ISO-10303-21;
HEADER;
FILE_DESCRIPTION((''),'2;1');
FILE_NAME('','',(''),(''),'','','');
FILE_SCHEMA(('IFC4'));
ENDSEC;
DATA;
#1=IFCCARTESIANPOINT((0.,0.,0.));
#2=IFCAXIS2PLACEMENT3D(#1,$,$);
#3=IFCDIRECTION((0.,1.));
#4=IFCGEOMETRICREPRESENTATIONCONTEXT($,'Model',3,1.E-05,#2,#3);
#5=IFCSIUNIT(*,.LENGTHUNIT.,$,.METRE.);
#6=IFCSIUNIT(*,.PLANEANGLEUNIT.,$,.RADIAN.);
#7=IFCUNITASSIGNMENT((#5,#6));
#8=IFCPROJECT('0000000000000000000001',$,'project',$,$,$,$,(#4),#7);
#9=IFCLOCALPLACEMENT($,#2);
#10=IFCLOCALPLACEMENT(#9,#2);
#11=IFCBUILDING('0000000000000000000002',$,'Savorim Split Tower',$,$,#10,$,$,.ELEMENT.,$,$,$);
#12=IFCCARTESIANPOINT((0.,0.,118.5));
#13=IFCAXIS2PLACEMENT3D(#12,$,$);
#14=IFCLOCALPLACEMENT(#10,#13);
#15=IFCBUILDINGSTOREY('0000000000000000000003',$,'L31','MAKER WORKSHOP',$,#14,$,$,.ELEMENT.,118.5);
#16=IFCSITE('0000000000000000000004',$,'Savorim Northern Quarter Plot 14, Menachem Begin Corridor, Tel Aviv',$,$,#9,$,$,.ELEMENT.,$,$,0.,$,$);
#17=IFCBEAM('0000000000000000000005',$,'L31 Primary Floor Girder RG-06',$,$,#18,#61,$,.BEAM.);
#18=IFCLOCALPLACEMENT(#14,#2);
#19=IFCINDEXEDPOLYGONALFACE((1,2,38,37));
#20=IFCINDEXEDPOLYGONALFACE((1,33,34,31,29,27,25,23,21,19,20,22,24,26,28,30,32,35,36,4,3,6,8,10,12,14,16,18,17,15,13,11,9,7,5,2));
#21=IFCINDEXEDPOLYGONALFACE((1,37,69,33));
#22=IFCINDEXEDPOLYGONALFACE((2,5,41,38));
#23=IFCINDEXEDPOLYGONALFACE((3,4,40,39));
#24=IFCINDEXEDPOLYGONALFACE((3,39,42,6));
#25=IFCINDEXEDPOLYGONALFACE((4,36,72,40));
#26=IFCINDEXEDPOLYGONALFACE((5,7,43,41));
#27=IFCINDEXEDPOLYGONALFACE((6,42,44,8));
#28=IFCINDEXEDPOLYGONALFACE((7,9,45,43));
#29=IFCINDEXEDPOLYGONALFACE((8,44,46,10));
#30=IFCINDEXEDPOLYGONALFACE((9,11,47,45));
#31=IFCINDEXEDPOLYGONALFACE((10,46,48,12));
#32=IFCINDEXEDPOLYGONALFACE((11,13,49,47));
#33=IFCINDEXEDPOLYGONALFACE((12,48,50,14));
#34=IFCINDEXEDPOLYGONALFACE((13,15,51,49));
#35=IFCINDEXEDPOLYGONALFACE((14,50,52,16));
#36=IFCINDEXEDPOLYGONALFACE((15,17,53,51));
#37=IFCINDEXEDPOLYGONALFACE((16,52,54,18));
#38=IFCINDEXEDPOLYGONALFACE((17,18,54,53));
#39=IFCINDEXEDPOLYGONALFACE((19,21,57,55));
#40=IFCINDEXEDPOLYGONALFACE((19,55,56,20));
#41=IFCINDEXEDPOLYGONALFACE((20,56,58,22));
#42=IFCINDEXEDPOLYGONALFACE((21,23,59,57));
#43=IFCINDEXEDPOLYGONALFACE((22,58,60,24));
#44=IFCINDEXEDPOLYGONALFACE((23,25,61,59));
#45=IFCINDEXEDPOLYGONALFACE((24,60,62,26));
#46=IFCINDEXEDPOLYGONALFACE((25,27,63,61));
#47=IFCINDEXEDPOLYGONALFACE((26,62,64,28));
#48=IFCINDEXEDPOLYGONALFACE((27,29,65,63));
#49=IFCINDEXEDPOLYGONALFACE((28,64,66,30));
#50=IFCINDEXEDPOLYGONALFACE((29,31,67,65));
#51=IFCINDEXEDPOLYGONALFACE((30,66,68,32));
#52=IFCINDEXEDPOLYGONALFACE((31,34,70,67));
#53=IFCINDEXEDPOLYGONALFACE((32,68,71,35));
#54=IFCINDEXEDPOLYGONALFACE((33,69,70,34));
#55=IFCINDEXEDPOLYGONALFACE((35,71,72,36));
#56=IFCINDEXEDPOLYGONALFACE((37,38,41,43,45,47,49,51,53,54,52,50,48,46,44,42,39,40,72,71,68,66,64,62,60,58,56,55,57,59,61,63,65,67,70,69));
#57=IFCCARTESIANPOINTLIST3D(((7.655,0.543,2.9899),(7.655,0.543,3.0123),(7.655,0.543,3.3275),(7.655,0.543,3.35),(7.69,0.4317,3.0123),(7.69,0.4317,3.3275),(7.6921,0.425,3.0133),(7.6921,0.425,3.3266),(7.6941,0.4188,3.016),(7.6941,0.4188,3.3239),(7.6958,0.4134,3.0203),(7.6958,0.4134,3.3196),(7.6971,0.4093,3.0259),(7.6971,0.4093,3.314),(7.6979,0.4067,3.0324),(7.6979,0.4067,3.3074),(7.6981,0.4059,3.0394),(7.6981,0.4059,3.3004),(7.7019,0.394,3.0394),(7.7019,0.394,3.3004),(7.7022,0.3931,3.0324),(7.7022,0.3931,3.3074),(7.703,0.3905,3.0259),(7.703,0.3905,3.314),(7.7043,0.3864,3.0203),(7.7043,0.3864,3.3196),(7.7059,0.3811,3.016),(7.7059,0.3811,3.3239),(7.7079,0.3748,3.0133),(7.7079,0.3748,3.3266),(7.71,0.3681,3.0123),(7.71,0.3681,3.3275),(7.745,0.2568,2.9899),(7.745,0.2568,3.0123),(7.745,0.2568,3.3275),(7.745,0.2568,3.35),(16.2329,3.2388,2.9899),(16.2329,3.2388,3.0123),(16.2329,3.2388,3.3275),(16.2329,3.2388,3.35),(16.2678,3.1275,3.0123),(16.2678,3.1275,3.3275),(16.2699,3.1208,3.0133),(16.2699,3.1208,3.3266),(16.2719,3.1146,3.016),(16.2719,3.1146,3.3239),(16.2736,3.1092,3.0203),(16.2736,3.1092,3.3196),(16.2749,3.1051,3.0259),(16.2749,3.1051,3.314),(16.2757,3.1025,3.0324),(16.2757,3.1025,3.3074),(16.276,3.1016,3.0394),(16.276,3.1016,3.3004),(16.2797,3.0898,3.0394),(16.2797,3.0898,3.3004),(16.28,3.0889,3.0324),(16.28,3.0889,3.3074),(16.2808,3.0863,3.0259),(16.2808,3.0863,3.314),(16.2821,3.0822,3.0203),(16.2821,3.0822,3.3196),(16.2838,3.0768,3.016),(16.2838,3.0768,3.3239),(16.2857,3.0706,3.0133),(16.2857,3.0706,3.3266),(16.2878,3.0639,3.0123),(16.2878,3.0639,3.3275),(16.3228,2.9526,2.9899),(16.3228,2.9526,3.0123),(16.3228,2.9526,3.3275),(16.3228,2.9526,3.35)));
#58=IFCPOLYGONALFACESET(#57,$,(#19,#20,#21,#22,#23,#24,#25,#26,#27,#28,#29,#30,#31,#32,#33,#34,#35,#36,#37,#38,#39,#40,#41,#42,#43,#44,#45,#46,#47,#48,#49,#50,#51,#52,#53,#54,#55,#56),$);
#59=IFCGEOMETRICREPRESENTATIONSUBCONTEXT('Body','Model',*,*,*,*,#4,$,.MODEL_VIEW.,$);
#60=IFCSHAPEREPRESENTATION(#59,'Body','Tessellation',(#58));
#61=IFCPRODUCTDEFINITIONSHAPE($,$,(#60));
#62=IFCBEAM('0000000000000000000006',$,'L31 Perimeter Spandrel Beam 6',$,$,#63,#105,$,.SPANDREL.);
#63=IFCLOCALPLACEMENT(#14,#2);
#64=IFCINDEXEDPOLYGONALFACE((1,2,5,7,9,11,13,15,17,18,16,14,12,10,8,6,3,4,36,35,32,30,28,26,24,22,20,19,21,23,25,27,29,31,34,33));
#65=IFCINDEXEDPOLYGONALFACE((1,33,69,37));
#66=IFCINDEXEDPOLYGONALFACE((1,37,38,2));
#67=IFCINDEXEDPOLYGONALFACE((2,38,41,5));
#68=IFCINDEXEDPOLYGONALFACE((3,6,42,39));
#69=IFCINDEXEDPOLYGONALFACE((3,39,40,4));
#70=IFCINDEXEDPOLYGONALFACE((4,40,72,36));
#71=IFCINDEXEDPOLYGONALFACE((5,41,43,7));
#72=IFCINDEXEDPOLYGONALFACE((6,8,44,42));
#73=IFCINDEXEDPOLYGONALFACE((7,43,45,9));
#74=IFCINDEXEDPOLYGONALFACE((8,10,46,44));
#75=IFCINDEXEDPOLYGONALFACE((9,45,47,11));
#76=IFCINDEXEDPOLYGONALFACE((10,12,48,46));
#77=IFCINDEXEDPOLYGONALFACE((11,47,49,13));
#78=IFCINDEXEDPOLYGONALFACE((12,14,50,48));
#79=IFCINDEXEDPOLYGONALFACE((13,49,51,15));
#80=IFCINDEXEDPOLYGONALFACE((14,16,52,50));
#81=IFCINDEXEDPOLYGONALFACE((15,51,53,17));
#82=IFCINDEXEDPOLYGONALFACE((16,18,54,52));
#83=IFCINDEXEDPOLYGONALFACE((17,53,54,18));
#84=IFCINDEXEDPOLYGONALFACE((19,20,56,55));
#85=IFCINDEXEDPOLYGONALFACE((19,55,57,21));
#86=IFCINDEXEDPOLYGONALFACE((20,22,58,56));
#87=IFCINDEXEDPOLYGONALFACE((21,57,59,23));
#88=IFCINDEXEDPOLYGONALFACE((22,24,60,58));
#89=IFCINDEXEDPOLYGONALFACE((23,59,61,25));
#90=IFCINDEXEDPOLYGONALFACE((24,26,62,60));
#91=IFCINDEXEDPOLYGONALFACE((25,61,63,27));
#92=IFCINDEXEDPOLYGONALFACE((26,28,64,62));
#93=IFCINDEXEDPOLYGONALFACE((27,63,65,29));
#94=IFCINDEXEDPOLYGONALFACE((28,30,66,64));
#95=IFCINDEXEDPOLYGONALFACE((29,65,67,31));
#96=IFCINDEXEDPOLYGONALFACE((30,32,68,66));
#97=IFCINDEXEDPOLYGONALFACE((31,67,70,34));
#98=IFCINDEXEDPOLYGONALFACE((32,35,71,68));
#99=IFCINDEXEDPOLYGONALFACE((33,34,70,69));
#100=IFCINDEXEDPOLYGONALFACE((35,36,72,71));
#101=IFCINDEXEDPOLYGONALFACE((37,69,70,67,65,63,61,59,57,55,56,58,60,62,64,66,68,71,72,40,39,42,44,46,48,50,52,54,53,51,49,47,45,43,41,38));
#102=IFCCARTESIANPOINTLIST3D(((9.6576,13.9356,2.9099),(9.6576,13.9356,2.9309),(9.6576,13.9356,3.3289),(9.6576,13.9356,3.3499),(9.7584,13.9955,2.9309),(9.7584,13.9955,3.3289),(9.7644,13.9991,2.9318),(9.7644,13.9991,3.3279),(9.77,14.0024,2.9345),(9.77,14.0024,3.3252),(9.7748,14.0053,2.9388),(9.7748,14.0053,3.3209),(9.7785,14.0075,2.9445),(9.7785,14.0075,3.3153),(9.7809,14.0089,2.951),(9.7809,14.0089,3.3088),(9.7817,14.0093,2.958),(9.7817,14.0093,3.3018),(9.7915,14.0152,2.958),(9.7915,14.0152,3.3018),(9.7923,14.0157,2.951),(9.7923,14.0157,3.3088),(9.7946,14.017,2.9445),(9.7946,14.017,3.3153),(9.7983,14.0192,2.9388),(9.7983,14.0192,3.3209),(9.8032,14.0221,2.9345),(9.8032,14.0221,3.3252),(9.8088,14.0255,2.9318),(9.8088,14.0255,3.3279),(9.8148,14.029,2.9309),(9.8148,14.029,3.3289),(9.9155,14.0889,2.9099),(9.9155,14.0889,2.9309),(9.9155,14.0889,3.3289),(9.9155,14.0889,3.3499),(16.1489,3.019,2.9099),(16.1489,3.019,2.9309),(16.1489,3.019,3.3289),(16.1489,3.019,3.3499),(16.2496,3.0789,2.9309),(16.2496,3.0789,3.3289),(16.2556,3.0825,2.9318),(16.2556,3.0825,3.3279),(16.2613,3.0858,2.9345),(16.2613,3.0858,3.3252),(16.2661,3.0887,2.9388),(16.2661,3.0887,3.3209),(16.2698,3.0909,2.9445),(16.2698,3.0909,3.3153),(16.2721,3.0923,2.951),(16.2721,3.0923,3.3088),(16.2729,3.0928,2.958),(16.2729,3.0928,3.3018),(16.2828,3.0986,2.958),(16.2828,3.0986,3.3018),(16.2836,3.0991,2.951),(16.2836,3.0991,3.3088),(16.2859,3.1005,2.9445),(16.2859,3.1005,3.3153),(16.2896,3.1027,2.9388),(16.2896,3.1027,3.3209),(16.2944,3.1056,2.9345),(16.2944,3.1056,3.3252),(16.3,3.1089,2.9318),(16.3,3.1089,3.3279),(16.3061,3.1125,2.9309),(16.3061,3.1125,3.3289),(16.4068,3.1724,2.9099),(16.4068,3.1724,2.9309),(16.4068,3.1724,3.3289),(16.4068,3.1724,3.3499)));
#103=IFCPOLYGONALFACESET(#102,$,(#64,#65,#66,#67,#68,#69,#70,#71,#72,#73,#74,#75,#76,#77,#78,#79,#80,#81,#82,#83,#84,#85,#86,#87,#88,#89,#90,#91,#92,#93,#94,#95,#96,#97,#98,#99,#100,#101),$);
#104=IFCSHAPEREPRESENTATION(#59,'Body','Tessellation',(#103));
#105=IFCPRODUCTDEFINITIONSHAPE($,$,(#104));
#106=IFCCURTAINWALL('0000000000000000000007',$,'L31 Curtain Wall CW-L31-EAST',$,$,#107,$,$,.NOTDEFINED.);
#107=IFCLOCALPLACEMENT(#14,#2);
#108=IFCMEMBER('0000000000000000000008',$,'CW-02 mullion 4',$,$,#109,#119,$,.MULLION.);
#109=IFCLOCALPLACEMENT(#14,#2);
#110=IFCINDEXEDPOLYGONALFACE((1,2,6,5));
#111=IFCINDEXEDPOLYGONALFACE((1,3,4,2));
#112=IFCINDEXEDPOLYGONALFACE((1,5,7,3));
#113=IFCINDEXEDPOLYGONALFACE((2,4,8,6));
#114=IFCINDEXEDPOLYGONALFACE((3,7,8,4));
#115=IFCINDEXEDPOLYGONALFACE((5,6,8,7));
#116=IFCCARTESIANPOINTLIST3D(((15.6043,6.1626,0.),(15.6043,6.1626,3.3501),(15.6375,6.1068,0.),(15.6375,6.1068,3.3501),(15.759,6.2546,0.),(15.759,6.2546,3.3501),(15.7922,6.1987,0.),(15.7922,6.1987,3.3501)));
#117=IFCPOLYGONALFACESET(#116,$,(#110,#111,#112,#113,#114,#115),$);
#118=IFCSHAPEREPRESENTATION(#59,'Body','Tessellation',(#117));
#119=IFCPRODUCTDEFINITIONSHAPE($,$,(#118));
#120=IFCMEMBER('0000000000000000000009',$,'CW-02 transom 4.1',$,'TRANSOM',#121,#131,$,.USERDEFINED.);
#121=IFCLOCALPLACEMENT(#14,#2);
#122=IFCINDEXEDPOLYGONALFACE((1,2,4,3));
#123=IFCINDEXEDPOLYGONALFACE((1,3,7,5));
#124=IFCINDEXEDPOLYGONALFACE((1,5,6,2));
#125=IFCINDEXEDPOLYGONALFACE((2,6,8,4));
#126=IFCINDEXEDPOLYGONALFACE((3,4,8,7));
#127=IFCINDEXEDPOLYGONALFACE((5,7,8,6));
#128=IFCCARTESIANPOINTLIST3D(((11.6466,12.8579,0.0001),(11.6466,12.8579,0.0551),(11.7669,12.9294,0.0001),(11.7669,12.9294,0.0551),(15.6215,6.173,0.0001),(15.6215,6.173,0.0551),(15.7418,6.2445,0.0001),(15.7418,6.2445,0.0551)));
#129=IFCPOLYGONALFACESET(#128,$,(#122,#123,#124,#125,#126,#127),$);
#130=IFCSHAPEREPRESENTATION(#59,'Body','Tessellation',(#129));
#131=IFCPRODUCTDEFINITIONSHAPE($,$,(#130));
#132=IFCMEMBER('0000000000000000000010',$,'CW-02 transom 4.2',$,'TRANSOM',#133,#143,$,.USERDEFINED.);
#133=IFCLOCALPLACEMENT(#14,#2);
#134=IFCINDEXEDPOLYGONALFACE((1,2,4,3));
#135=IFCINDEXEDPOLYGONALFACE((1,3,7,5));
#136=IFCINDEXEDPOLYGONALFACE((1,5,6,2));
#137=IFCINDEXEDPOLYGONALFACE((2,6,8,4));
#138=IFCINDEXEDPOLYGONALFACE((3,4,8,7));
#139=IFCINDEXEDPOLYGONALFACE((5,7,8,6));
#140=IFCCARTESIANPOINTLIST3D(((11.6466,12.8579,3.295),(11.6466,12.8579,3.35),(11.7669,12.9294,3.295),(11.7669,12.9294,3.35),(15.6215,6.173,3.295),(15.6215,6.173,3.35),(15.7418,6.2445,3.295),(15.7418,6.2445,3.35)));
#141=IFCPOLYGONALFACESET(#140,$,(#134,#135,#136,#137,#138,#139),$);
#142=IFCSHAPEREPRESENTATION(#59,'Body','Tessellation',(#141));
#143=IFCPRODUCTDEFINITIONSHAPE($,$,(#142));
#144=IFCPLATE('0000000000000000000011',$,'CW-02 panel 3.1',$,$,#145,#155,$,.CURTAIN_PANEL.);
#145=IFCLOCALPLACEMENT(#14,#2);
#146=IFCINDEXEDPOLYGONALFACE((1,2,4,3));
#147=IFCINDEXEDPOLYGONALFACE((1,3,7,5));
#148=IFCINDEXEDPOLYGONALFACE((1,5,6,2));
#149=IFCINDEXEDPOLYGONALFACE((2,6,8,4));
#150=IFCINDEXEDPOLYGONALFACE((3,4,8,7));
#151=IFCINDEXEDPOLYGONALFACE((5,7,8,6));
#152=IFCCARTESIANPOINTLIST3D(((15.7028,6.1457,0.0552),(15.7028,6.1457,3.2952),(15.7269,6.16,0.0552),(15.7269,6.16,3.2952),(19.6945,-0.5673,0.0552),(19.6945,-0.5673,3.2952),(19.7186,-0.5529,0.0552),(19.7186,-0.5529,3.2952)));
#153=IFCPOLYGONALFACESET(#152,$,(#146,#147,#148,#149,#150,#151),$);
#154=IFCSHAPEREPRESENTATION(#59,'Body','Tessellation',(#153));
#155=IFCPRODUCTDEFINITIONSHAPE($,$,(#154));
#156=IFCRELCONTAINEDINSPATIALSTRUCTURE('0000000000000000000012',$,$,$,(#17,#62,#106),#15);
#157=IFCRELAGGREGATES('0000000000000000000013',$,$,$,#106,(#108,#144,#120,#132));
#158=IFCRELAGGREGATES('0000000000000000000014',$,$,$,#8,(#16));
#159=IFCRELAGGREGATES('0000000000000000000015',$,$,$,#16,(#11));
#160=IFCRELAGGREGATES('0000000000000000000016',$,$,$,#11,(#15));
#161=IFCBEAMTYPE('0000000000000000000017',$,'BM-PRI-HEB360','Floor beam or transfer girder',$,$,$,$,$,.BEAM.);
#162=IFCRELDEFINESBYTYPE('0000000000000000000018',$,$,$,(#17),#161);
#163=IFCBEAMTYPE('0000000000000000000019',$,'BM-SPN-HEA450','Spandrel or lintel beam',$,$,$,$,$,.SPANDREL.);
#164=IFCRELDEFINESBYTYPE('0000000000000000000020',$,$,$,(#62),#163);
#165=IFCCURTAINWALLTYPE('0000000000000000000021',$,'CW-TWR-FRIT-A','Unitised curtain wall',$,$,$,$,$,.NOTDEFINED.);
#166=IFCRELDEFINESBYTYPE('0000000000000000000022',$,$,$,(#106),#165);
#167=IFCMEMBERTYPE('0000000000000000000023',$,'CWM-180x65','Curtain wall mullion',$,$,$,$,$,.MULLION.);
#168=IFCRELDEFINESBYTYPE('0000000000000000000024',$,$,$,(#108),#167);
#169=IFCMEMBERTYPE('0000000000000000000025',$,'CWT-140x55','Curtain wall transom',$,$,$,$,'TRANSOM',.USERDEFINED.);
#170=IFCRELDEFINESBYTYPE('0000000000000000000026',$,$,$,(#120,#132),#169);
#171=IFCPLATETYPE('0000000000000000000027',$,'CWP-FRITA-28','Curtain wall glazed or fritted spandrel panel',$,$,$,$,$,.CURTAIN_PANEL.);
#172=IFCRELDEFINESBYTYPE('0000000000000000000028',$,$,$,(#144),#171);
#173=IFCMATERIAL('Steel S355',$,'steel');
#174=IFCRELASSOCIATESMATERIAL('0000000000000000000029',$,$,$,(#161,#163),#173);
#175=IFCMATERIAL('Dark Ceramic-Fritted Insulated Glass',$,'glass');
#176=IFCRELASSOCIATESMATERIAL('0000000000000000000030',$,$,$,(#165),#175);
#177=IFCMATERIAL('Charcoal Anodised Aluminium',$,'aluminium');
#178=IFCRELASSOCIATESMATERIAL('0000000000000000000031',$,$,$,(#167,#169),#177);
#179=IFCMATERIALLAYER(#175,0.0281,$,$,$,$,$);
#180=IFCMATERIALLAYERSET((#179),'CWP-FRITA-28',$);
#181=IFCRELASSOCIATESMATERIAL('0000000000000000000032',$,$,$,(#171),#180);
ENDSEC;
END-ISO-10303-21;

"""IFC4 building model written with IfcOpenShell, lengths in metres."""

from ifc_helpers import new_model, si_unit, direction, frame, origin, origin_2d, place, context, subcontext, project, spatial, rectangle, i_section, extrude, material, layer, layer_set, material_profile, profile_set, type_object, element, aggregate, save


model = new_model("IFC4")

# Units and contexts
model_context = context("Model", 3, precision=1e-05, world=origin(), true_north=direction((0.0, 1.0)))
body_context = subcontext(model_context, "Body", "Model", "MODEL_VIEW")
ifc_project = project(units=[si_unit("LENGTHUNIT", "METRE"), si_unit("PLANEANGLEUNIT", "RADIAN")], contexts=[model_context])

# Site, building, storey
site_placement = place(None, origin())
site = spatial("IfcSite", under=ifc_project, at=site_placement, Name="Savorim Northern Quarter Plot 14, Menachem Begin Corridor, Tel Aviv", CompositionType="ELEMENT", RefElevation=0.0)
building_placement = place(site_placement, origin())
building = spatial("IfcBuilding", under=site, at=building_placement, Name="Savorim Split Tower", CompositionType="ELEMENT")
storey_placement = place(building_placement, frame((0.0, 0.0, 118.5)))
storey = spatial("IfcBuildingStorey", under=building, at=storey_placement, Name="L31", Description="MAKER WORKSHOP", CompositionType="ELEMENT", Elevation=118.5)

# Beams
ifc_material_1 = material(Name="Steel S355", Category="steel")
ifc_material_profile_1 = material_profile(ifc_material_1, i_section(OverallWidth=0.3, OverallDepth=0.3601, WebThickness=0.0125, FlangeThickness=0.0225, FilletRadius=0.0271, at=origin_2d()), Name="HEB 360")
ifc_profile_set_1 = profile_set([ifc_material_profile_1], Name="Steel S355")
beam_type_1 = type_object("IfcBeamType", Name="BM-PRI-HEB360", Description="Floor beam or transfer girder", PredefinedType="BEAM", material=ifc_profile_set_1)
beam_1_placement = place(storey_placement, frame((16.2778, 3.0957, 3.1699), z_axis=(-0.953997, -0.299816, 0.0), x_axis=(0.299816, -0.953997, 0.0)))
element("IfcBeam", 1, at=beam_1_placement, inside=storey, type_object=beam_type_1, Name="L31 Primary Floor Girder RG-06", PredefinedType="BEAM", context=body_context, shape_type="SweptSolid", body=[
    extrude(i_section(OverallWidth=0.3, OverallDepth=0.3601, WebThickness=0.0125, FlangeThickness=0.0225, FilletRadius=0.0271, at=origin_2d()), origin(), (0.0, 0.0, 1.0), 8.9915),
])
ifc_material_profile_2 = material_profile(ifc_material_1, i_section(OverallWidth=0.3, OverallDepth=0.4399, WebThickness=0.0115, FlangeThickness=0.021, FilletRadius=0.0271, at=origin_2d()), Name="HEA 450")
ifc_profile_set_2 = profile_set([ifc_material_profile_2], Name="Steel S355")
beam_type_2 = type_object("IfcBeamType", Name="BM-SPN-HEA450", Description="Spandrel or lintel beam", PredefinedType="SPANDREL", material=ifc_profile_set_2)
beam_2_placement = place(storey_placement, frame((16.2778, 3.0957, 3.1299), z_axis=(-0.511094, 0.859525, 0.0), x_axis=(-0.859525, -0.511094, 0.0)))
element("IfcBeam", 2, at=beam_2_placement, inside=storey, type_object=beam_type_2, Name="L31 Perimeter Spandrel Beam 6", PredefinedType="SPANDREL", context=body_context, shape_type="SweptSolid", body=[
    extrude(i_section(OverallWidth=0.3, OverallDepth=0.4399, WebThickness=0.0115, FlangeThickness=0.021, FilletRadius=0.0271, at=origin_2d()), origin(), (0.0, 0.0, 1.0), 12.7007),
])

# Curtain wall, members, plate
ifc_material_2 = material(Name="Dark Ceramic-Fritted Insulated Glass", Category="glass")
curtain_wall_type = type_object("IfcCurtainWallType", Name="CW-TWR-FRIT-A", Description="Unitised curtain wall", PredefinedType="NOTDEFINED", material=ifc_material_2)
curtain_wall_placement = place(storey_placement, origin())
curtain_wall = element("IfcCurtainWall", 3, at=curtain_wall_placement, inside=storey, type_object=curtain_wall_type, Name="L31 Curtain Wall CW-L31-EAST", PredefinedType="NOTDEFINED")
ifc_material_3 = material(Name="Charcoal Anodised Aluminium", Category="aluminium")
ifc_material_profile_3 = material_profile(ifc_material_3, rectangle(XDim=0.1799, YDim=0.0649, at=origin_2d()), Name="ALU-M 180x65")
ifc_profile_set_3 = profile_set([ifc_material_profile_3], Name="Charcoal Anodised Aluminium")
member_type_1 = type_object("IfcMemberType", Name="CWM-180x65", Description="Curtain wall mullion", PredefinedType="MULLION", material=ifc_profile_set_3)
member_1_placement = place(storey_placement, frame((15.6982, 6.1807, 0.0), z_axis=(0.0, 0.0, 1.0), x_axis=(-0.859525, -0.511093, 0.0)))
member_1 = element("IfcMember", 4, at=member_1_placement, type_object=member_type_1, Name="CW-02 mullion 4", PredefinedType="MULLION", context=body_context, shape_type="SweptSolid", body=[
    extrude(rectangle(XDim=0.1799, YDim=0.0649, at=origin_2d()), origin(), (0.0, 0.0, 1.0), 3.3501),
])
ifc_material_profile_4 = material_profile(ifc_material_3, rectangle(XDim=0.1399, YDim=0.0549, at=origin_2d()), Name="ALU-T 140x55")
ifc_profile_set_4 = profile_set([ifc_material_profile_4], Name="Charcoal Anodised Aluminium")
member_type_2 = type_object("IfcMemberType", Name="CWT-140x55", Description="Curtain wall transom", ElementType="TRANSOM", PredefinedType="USERDEFINED", material=ifc_profile_set_4)
member_2_placement = place(storey_placement, frame((15.6816, 6.2087, 0.0276), z_axis=(-0.511085, 0.85953, 0.0), x_axis=(-0.85953, -0.511085, 0.0)))
member_2 = element("IfcMember", 5, at=member_2_placement, type_object=member_type_2, Name="CW-02 transom 4.1", ObjectType="TRANSOM", PredefinedType="USERDEFINED", context=body_context, shape_type="SweptSolid", body=[
    extrude(rectangle(XDim=0.1399, YDim=0.0549, at=origin_2d()), origin(), (0.0, 0.0, 1.0), 7.7773),
])
member_3_placement = place(storey_placement, frame((15.6816, 6.2087, 3.3225), z_axis=(-0.511085, 0.85953, 0.0), x_axis=(-0.85953, -0.511085, 0.0)))
member_3 = element("IfcMember", 6, at=member_3_placement, type_object=member_type_2, Name="CW-02 transom 4.2", ObjectType="TRANSOM", PredefinedType="USERDEFINED", context=body_context, shape_type="SweptSolid", body=[
    extrude(rectangle(XDim=0.1399, YDim=0.0549, at=origin_2d()), origin(), (0.0, 0.0, 1.0), 7.7773),
])
ifc_layer_1 = layer(ifc_material_2, 0.0281)
ifc_layer_set_1 = layer_set([ifc_layer_1], Name="CWP-FRITA-28")
plate_type = type_object("IfcPlateType", Name="CWP-FRITA-28", Description="Curtain wall glazed or fritted spandrel panel", PredefinedType="CURTAIN_PANEL", material=ifc_layer_set_1)
plate_placement = place(storey_placement, frame((17.7107, 2.7964, 0.0552), z_axis=(0.0, 0.0, 1.0), x_axis=(-0.511093, 0.859525, 0.0)))
plate = element("IfcPlate", 7, at=plate_placement, type_object=plate_type, Name="CW-02 panel 3.1", PredefinedType="CURTAIN_PANEL", context=body_context, shape_type="SweptSolid", body=[
    extrude(rectangle(XDim=7.8101, YDim=0.0281, at=origin_2d()), origin(), (0.0, 0.0, 1.0), 3.24),
])
aggregate(curtain_wall, [member_1, plate, member_2, member_3])

save(model, "model.ifc")
